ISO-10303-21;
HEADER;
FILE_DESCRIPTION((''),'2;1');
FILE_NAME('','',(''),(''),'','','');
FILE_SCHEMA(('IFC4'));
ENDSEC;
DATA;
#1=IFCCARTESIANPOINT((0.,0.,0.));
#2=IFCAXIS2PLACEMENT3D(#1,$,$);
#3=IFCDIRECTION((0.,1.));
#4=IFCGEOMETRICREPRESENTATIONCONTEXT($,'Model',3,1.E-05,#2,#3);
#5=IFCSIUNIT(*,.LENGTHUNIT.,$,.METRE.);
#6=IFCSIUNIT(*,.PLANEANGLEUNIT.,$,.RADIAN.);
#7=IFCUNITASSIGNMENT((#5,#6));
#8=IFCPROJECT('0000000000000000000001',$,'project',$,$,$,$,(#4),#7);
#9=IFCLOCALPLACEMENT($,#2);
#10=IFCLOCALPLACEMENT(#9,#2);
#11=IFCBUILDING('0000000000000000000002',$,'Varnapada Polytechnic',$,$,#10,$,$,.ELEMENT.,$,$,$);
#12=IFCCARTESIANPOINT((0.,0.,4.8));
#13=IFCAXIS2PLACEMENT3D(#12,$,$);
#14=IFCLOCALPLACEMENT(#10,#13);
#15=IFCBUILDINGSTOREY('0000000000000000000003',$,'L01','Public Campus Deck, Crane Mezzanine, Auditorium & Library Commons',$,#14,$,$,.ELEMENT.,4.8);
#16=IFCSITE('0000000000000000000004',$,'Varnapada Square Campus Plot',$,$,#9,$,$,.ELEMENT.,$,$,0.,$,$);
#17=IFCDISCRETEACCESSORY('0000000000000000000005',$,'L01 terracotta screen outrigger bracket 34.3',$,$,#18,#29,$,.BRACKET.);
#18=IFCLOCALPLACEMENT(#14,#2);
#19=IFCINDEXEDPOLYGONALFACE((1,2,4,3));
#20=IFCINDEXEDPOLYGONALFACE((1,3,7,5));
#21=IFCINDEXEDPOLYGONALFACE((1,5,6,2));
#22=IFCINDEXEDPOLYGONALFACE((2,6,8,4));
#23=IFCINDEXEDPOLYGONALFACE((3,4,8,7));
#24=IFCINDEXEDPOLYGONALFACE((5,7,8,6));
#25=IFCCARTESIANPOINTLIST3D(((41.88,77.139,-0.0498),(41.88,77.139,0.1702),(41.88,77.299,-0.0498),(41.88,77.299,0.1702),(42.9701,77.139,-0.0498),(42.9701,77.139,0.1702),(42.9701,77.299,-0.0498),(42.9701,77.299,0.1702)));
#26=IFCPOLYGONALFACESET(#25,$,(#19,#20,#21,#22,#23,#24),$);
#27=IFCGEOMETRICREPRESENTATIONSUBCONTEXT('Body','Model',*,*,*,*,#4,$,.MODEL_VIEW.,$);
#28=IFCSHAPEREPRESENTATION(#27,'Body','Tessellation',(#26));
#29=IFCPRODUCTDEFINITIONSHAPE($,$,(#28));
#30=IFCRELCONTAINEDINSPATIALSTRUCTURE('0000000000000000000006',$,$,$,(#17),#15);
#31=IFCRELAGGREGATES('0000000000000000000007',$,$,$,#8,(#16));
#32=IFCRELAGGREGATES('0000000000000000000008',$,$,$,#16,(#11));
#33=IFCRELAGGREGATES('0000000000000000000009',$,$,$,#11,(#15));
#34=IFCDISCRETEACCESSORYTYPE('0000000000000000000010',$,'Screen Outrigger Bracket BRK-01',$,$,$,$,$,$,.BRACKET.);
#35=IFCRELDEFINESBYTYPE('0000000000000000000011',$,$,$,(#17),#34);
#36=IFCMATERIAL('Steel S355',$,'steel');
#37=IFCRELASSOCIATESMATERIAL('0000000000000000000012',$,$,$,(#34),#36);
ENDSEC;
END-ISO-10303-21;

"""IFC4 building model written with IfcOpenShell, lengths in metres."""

from ifc_helpers import new_model, si_unit, direction, frame, origin, origin_2d, place, context, subcontext, project, spatial, rectangle, extrude, material, type_object, element, save


model = new_model("IFC4")

# Units and contexts
model_context = context("Model", 3, precision=1e-05, world=origin(), true_north=direction((0.0, 1.0)))
body_context = subcontext(model_context, "Body", "Model", "MODEL_VIEW")
ifc_project = project(units=[si_unit("LENGTHUNIT", "METRE"), si_unit("PLANEANGLEUNIT", "RADIAN")], contexts=[model_context])

# Site, building, storey
site_placement = place(None, origin())
site = spatial("IfcSite", under=ifc_project, at=site_placement, Name="Varnapada Square Campus Plot", CompositionType="ELEMENT", RefElevation=0.0)
building_placement = place(site_placement, origin())
building = spatial("IfcBuilding", under=site, at=building_placement, Name="Varnapada Polytechnic", CompositionType="ELEMENT")
storey_placement = place(building_placement, frame((0.0, 0.0, 4.8)))
storey = spatial("IfcBuildingStorey", under=building, at=storey_placement, Name="L01", Description="Public Campus Deck, Crane Mezzanine, Auditorium & Library Commons", CompositionType="ELEMENT", Elevation=4.8)

# Shared definitions
ifc_material_1 = material(Name="Steel S355", Category="steel")

# Discrete accessory
discrete_accessory_type = type_object("IfcDiscreteAccessoryType", Name="Screen Outrigger Bracket BRK-01", PredefinedType="BRACKET", material=ifc_material_1)
for number, where, z_axis, x_axis, name in (
    (1, (42.425, 77.219, -0.0498), (0.0, 0.0, 1.0), (0.0, -1.0, 0.0), "L01 terracotta screen outrigger bracket 34.3"),
):
    element("IfcDiscreteAccessory", number, at=place(storey_placement, frame(where, z_axis=z_axis, x_axis=x_axis)), inside=storey, type_object=discrete_accessory_type, Name=name, PredefinedType="BRACKET", context=body_context, shape_type="SweptSolid", body=[
        extrude(rectangle(XDim=0.1599, YDim=1.0901, at=origin_2d()), origin(), (0.0, 0.0, 1.0), 0.22),
    ])

save(model, "model.ifc")
